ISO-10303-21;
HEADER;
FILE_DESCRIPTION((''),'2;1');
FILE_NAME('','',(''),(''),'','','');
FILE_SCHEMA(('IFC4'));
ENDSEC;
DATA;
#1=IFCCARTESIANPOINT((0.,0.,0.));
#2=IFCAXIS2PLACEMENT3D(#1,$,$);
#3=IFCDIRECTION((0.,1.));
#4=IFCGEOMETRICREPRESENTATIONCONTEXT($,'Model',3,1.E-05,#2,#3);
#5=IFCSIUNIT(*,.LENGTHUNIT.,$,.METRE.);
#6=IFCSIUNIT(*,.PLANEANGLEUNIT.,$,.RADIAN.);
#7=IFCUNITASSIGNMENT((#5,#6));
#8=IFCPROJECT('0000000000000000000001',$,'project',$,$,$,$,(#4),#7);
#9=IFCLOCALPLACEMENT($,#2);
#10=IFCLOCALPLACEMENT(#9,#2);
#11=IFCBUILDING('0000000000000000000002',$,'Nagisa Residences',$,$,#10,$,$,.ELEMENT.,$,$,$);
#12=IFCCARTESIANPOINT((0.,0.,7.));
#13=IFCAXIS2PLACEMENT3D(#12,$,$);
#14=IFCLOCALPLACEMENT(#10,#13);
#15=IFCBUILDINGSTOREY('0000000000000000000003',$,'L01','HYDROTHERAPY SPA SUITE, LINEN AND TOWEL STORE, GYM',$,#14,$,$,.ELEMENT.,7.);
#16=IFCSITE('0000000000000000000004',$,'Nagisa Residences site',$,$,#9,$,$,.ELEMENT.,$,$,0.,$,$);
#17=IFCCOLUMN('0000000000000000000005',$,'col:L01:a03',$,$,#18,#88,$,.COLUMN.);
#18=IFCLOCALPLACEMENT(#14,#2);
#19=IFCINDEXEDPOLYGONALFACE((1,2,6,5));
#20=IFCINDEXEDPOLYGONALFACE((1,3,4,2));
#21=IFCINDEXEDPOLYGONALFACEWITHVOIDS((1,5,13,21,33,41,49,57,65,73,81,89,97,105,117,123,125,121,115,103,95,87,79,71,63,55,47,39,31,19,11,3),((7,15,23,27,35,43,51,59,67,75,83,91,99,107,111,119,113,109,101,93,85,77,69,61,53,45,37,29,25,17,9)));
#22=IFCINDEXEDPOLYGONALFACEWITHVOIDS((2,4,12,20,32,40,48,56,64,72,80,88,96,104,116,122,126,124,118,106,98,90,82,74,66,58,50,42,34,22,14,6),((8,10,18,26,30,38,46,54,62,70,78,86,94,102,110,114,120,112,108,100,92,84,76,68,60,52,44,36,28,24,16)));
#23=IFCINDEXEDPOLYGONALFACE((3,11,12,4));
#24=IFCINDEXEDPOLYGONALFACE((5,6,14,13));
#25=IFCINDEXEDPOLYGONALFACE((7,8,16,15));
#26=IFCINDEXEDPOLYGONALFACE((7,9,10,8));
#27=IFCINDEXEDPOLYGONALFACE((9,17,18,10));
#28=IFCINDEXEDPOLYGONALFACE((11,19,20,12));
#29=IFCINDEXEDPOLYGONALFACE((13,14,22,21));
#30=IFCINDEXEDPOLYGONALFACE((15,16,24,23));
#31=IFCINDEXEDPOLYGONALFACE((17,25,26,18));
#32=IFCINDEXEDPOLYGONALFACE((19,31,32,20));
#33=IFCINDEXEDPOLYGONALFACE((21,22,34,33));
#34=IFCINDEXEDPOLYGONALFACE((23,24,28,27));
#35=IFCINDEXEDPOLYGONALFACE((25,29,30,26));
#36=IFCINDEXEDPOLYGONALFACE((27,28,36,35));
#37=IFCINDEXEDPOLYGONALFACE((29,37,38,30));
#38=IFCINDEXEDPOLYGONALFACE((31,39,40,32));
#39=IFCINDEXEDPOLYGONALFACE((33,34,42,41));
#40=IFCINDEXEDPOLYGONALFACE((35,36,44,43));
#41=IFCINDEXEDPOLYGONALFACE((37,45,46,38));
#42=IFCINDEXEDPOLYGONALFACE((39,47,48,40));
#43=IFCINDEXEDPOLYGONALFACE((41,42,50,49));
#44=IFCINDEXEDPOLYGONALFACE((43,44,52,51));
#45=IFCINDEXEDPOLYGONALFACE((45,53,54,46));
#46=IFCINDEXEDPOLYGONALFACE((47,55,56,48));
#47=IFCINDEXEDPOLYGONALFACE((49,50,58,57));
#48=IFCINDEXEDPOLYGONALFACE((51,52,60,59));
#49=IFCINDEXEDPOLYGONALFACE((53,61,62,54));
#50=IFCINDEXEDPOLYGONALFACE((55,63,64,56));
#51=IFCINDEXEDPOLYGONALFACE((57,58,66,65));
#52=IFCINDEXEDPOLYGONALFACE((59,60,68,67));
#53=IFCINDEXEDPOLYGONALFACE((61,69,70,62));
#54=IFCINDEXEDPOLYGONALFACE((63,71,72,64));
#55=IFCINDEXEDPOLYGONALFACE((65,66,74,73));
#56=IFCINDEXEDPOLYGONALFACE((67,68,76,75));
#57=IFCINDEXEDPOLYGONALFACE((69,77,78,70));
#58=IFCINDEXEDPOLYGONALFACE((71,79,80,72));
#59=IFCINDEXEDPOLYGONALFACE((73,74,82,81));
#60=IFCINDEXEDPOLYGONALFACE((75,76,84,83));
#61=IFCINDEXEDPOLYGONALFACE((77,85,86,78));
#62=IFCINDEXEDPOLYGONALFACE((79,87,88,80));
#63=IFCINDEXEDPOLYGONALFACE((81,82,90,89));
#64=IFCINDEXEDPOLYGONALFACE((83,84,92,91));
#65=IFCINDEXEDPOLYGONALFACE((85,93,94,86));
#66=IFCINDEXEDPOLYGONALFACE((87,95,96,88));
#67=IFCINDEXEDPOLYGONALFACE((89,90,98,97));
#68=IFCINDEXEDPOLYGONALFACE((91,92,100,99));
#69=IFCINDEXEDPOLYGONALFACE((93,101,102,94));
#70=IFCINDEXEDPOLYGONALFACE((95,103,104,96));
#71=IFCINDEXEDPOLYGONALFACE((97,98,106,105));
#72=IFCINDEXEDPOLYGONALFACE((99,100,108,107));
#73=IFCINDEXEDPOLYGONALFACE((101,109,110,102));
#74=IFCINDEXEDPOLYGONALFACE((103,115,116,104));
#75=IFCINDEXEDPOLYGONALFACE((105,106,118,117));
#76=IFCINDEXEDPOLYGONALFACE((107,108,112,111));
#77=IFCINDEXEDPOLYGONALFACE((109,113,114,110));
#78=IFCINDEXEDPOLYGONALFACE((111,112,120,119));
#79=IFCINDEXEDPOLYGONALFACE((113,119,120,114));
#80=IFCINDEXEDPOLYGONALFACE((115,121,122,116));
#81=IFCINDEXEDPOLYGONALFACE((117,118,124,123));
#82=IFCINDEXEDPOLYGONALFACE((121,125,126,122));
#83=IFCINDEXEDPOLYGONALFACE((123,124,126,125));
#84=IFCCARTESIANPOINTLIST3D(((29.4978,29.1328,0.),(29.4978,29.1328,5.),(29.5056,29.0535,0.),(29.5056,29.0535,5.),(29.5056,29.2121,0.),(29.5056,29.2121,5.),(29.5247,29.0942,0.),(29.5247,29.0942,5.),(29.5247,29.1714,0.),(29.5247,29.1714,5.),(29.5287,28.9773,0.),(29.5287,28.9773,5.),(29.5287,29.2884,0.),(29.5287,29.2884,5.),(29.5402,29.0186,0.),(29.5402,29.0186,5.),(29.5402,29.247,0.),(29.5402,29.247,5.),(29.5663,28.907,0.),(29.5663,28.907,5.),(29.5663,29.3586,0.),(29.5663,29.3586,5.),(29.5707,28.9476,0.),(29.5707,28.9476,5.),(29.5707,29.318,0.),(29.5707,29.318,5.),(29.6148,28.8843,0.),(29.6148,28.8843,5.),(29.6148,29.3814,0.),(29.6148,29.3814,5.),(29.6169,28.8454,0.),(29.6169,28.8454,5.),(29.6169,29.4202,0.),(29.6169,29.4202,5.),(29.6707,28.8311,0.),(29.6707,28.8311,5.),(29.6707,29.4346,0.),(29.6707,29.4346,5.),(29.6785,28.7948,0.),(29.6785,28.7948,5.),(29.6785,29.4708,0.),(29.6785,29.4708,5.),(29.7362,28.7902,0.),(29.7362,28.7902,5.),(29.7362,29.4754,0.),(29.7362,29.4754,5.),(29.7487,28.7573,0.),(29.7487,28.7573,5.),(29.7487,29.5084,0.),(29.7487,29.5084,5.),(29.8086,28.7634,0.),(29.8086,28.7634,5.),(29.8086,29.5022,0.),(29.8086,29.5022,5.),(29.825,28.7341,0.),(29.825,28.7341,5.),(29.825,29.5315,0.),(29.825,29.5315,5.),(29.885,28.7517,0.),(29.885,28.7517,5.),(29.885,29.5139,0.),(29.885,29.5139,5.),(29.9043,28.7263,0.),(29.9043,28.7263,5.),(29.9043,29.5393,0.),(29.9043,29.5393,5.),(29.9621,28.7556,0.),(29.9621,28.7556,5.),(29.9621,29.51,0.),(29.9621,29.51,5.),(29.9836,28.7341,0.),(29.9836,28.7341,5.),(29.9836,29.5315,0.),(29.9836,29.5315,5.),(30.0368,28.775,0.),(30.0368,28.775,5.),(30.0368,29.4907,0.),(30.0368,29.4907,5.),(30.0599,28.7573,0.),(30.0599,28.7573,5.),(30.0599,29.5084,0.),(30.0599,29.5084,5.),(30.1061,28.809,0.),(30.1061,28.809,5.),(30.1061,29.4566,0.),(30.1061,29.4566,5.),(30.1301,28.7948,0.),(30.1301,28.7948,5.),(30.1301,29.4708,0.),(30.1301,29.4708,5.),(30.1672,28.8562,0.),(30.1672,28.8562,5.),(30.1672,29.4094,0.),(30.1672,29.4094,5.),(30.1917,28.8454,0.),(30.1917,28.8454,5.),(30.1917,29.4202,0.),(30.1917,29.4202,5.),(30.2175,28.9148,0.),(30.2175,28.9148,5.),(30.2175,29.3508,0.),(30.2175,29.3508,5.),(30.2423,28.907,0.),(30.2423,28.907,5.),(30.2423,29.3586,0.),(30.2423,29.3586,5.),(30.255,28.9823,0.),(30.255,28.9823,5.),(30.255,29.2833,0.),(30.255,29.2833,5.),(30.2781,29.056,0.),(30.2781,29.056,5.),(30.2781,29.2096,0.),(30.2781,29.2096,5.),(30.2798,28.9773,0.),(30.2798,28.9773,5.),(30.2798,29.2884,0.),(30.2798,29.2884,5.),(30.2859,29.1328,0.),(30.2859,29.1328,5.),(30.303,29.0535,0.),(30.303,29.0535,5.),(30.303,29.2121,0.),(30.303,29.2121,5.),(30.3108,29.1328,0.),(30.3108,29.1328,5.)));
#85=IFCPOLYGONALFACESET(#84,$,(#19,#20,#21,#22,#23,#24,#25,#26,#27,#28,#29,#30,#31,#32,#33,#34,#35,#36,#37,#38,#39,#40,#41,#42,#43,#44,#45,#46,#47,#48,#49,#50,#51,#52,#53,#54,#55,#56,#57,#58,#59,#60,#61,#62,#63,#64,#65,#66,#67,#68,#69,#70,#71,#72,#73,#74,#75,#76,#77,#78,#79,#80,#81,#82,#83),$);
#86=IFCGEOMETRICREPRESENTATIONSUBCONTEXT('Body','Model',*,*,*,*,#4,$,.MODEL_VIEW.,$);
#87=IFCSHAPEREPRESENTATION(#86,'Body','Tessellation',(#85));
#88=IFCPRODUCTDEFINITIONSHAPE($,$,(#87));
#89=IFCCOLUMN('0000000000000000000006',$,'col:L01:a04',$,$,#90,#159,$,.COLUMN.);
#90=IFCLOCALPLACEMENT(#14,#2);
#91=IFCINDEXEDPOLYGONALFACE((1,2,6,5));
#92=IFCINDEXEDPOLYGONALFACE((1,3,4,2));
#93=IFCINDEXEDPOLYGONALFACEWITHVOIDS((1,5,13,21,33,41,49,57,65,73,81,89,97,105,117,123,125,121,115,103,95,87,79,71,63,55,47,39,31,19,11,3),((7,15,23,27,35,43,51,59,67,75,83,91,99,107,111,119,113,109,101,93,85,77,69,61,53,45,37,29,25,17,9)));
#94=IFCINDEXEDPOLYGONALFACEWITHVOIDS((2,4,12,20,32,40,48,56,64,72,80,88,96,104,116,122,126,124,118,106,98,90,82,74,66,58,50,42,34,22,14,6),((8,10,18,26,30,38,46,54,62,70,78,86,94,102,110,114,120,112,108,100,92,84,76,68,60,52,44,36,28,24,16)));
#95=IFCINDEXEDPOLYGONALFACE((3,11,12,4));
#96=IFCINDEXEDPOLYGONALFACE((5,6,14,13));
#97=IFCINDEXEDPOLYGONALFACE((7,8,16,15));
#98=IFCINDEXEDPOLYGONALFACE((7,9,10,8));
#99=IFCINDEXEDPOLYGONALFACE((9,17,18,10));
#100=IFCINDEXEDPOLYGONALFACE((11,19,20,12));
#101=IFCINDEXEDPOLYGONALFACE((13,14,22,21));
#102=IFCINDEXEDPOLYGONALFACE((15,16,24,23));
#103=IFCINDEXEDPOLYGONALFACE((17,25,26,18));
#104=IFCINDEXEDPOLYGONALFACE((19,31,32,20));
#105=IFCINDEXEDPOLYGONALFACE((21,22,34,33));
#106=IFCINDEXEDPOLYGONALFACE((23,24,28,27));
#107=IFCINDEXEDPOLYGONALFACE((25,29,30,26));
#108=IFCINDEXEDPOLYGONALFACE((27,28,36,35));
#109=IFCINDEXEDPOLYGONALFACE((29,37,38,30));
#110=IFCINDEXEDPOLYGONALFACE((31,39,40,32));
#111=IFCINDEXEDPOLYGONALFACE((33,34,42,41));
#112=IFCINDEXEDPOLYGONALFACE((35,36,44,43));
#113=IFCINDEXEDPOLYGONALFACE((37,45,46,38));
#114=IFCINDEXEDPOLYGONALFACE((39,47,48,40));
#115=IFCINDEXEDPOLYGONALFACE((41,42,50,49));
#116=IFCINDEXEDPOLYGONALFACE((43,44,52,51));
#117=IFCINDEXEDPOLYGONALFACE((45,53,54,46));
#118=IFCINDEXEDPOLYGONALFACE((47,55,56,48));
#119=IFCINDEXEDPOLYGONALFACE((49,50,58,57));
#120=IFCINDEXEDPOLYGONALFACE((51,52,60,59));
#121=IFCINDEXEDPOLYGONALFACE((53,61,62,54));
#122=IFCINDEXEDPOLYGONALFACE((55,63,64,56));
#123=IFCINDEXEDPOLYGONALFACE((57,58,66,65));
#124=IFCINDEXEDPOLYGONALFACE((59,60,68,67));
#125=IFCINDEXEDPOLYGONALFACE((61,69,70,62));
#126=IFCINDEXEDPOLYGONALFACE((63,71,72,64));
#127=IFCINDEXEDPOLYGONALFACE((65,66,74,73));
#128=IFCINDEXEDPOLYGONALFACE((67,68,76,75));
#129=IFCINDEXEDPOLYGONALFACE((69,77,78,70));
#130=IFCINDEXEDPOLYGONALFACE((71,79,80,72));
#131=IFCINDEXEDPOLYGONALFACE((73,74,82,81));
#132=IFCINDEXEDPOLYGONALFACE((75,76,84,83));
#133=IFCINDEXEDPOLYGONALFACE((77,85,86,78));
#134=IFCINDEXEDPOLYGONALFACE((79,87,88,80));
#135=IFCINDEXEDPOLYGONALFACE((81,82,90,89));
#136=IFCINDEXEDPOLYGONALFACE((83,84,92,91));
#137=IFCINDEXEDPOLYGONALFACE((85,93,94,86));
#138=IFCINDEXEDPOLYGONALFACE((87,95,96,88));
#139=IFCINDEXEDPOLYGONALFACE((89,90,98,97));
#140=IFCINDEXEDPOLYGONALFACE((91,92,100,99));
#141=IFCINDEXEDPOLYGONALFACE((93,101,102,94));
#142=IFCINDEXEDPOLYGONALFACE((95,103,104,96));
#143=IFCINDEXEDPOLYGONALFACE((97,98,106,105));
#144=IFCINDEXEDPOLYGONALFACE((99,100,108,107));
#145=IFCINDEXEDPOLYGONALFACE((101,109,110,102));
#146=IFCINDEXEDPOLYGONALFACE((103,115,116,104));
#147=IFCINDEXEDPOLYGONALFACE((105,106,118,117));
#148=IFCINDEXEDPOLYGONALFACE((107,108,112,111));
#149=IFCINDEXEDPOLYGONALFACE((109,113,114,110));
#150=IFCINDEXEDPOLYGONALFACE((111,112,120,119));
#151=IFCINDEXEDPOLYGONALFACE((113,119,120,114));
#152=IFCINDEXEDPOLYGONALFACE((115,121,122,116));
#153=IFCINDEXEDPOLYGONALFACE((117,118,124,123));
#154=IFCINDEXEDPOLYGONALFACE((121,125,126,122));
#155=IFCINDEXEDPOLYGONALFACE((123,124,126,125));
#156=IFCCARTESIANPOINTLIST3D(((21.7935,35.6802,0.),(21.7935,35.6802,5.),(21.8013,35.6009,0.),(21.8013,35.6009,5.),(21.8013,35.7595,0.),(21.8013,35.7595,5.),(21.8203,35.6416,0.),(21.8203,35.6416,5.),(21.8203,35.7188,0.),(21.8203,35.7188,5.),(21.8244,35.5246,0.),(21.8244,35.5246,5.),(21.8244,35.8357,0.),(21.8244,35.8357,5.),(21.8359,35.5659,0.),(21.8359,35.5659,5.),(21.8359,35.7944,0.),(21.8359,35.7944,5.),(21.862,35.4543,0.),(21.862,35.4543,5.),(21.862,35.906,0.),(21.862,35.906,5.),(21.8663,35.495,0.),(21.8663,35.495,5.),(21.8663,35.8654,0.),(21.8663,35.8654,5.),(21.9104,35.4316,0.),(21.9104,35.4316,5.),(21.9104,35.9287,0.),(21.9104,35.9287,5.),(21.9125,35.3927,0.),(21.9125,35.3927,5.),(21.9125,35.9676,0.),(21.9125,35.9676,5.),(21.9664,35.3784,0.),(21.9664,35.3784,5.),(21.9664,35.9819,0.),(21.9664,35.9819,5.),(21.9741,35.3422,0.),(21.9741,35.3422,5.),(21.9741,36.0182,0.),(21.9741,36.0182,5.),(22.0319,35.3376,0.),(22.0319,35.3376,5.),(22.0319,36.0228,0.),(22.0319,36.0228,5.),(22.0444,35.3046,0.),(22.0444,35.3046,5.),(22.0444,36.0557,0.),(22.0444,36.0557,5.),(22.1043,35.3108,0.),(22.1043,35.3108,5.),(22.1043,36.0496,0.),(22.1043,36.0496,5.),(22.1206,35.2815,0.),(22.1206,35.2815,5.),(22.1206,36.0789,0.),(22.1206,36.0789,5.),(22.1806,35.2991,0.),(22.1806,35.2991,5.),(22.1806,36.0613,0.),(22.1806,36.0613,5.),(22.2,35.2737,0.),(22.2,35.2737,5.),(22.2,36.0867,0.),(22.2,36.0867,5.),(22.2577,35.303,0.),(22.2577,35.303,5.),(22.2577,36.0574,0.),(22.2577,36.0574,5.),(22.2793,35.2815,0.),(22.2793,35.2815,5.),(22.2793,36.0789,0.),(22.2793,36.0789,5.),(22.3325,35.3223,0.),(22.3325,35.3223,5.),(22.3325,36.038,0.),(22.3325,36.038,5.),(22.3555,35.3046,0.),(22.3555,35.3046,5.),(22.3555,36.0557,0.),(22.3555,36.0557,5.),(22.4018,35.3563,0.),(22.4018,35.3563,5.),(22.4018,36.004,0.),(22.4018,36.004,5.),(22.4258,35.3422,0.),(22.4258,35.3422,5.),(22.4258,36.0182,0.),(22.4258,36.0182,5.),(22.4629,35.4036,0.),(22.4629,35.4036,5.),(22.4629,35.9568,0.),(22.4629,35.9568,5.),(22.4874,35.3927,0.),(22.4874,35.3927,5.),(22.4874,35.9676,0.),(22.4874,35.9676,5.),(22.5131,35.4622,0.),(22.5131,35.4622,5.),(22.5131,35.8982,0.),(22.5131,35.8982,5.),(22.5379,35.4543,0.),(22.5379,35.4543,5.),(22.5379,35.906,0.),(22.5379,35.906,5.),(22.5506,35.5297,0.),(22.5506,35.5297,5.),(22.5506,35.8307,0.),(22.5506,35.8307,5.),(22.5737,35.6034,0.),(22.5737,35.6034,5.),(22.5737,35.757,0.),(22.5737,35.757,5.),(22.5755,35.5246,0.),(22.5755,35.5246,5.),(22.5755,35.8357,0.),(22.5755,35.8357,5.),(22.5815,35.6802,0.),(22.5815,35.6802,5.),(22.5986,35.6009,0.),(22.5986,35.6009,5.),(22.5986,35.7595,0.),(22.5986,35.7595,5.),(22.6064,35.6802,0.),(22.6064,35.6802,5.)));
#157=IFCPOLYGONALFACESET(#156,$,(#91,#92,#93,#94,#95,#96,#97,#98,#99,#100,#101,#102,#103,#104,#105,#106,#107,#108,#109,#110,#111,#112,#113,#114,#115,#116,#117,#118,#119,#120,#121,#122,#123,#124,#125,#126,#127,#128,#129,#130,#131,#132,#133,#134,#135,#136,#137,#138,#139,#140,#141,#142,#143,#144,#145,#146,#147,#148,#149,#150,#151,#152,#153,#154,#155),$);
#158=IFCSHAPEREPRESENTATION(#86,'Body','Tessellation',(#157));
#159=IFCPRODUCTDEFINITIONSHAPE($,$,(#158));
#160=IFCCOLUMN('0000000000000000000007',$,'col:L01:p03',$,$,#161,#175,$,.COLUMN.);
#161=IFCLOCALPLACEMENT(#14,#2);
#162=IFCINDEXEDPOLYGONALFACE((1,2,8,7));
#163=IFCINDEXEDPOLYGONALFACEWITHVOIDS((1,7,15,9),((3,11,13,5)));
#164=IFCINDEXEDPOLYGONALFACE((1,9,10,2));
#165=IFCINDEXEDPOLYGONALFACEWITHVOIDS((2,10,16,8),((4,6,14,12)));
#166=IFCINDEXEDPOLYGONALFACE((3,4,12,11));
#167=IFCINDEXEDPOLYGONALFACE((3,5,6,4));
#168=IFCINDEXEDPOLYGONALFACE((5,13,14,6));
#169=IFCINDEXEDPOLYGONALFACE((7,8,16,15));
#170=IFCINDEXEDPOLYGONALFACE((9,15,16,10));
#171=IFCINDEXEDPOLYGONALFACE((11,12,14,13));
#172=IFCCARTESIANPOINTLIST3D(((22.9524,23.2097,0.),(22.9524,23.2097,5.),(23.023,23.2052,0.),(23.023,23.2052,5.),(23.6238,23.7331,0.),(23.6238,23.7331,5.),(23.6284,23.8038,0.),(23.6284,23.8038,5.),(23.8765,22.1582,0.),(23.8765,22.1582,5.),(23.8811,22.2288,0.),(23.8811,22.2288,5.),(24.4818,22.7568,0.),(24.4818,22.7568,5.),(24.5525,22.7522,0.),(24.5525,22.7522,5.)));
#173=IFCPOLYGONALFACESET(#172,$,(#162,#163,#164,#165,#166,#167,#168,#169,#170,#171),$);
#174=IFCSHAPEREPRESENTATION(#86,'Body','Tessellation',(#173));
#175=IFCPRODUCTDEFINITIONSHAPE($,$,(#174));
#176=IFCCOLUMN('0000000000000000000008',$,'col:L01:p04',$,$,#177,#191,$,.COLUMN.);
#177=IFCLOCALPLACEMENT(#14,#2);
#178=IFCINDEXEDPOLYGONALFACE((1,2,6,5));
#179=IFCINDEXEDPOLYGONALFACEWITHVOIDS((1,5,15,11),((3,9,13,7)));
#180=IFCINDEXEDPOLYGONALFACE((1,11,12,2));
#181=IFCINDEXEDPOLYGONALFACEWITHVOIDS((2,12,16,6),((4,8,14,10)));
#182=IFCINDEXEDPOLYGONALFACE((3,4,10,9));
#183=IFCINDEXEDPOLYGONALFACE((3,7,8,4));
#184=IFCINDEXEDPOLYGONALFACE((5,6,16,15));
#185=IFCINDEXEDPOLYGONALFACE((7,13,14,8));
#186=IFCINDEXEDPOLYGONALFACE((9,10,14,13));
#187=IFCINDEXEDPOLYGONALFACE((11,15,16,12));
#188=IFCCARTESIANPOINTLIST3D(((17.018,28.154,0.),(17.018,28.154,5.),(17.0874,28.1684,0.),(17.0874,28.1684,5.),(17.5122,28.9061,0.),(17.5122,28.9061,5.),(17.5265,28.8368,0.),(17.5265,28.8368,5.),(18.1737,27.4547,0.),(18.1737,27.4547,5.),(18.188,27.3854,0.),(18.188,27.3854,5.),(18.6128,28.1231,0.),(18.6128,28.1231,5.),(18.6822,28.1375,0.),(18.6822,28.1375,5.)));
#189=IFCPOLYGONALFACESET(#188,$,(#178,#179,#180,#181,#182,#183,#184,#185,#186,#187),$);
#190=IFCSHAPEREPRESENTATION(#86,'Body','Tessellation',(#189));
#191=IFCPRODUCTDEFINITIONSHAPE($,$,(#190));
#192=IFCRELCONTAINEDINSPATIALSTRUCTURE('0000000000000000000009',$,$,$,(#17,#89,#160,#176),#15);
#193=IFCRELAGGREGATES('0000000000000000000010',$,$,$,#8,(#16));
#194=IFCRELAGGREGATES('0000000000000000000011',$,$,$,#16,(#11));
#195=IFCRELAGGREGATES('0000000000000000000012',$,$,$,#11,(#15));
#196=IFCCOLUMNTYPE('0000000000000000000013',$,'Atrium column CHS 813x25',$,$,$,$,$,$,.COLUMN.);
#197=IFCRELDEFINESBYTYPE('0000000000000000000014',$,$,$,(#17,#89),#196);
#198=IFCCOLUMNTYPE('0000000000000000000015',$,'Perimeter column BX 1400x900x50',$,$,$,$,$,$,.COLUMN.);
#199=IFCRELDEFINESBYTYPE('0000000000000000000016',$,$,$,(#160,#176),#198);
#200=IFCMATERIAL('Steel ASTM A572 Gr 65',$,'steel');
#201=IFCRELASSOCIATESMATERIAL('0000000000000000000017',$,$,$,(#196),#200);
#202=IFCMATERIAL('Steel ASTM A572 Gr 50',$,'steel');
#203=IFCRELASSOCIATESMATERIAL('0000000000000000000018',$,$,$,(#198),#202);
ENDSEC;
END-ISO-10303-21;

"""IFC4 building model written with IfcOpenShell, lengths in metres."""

from ifc_helpers import new_model, si_unit, direction, frame, origin, origin_2d, place, context, subcontext, project, spatial, hollow_rectangle, hollow_circle, extrude, material, material_profile, profile_set, type_object, element, save


model = new_model("IFC4")

# Units and contexts
model_context = context("Model", 3, precision=1e-05, world=origin(), true_north=direction((0.0, 1.0)))
body_context = subcontext(model_context, "Body", "Model", "MODEL_VIEW")
ifc_project = project(units=[si_unit("LENGTHUNIT", "METRE"), si_unit("PLANEANGLEUNIT", "RADIAN")], contexts=[model_context])

# Site, building, storey
site_placement = place(None, origin())
site = spatial("IfcSite", under=ifc_project, at=site_placement, Name="Nagisa Residences site", CompositionType="ELEMENT", RefElevation=0.0)
building_placement = place(site_placement, origin())
building = spatial("IfcBuilding", under=site, at=building_placement, Name="Nagisa Residences", CompositionType="ELEMENT")
storey_placement = place(building_placement, frame((0.0, 0.0, 7.0)))
storey = spatial("IfcBuildingStorey", under=building, at=storey_placement, Name="L01", Description="HYDROTHERAPY SPA SUITE, LINEN AND TOWEL STORE, GYM", CompositionType="ELEMENT", Elevation=7.0)

# Columns
ifc_material_1 = material(Name="Steel ASTM A572 Gr 65", Category="steel")
ifc_material_profile_1 = material_profile(ifc_material_1, hollow_circle(Radius=0.4065, WallThickness=0.0249, at=origin_2d()), Name="CHS 813x25")
ifc_profile_set_1 = profile_set([ifc_material_profile_1], Name="Steel ASTM A572 Gr 65")
column_type_1 = type_object("IfcColumnType", Name="Atrium column CHS 813x25", PredefinedType="COLUMN", material=ifc_profile_set_1)
for number, where, z_axis, x_axis, name in (
    (1, (29.9043, 29.1328, 0.0), (0.0, 0.0, 1.0), (1.0, 0.0, 0.0), "col:L01:a03"),
    (2, (22.2, 35.6802, 0.0), (0.0, 0.0, 1.0), (1.0, 0.0, 0.0), "col:L01:a04"),
):
    element("IfcColumn", number, at=place(storey_placement, frame(where, z_axis=z_axis, x_axis=x_axis)), inside=storey, type_object=column_type_1, Name=name, PredefinedType="COLUMN", context=body_context, shape_type="SweptSolid", body=[
        extrude(hollow_circle(Radius=0.4065, WallThickness=0.0249, at=origin_2d()), origin(), (0.0, 0.0, 1.0), 5.0),
    ])
ifc_material_2 = material(Name="Steel ASTM A572 Gr 50", Category="steel")
ifc_material_profile_2 = material_profile(ifc_material_2, hollow_rectangle(XDim=1.3999, YDim=0.8999, WallThickness=0.05, at=origin_2d()), Name="BX 1400x900x50")
ifc_profile_set_2 = profile_set([ifc_material_profile_2], Name="Steel ASTM A572 Gr 50")
column_type_2 = type_object("IfcColumnType", Name="Perimeter column BX 1400x900x50", PredefinedType="COLUMN", material=ifc_profile_set_2)
for number, where, z_axis, x_axis, name in (
    (3, (23.7524, 22.981, 0.0), (0.0, 0.0, 1.0), (-0.660115, 0.751165, 0.0), "col:L01:p03"),
    (4, (17.8501, 28.1458, 0.0), (0.0, 0.0, 1.0), (-0.835766, 0.549086, 0.0), "col:L01:p04"),
):
    element("IfcColumn", number, at=place(storey_placement, frame(where, z_axis=z_axis, x_axis=x_axis)), inside=storey, type_object=column_type_2, Name=name, PredefinedType="COLUMN", context=body_context, shape_type="SweptSolid", body=[
        extrude(hollow_rectangle(XDim=1.3999, YDim=0.8999, WallThickness=0.05, at=origin_2d()), origin(), (0.0, 0.0, 1.0), 5.0),
    ])

save(model, "model.ifc")
